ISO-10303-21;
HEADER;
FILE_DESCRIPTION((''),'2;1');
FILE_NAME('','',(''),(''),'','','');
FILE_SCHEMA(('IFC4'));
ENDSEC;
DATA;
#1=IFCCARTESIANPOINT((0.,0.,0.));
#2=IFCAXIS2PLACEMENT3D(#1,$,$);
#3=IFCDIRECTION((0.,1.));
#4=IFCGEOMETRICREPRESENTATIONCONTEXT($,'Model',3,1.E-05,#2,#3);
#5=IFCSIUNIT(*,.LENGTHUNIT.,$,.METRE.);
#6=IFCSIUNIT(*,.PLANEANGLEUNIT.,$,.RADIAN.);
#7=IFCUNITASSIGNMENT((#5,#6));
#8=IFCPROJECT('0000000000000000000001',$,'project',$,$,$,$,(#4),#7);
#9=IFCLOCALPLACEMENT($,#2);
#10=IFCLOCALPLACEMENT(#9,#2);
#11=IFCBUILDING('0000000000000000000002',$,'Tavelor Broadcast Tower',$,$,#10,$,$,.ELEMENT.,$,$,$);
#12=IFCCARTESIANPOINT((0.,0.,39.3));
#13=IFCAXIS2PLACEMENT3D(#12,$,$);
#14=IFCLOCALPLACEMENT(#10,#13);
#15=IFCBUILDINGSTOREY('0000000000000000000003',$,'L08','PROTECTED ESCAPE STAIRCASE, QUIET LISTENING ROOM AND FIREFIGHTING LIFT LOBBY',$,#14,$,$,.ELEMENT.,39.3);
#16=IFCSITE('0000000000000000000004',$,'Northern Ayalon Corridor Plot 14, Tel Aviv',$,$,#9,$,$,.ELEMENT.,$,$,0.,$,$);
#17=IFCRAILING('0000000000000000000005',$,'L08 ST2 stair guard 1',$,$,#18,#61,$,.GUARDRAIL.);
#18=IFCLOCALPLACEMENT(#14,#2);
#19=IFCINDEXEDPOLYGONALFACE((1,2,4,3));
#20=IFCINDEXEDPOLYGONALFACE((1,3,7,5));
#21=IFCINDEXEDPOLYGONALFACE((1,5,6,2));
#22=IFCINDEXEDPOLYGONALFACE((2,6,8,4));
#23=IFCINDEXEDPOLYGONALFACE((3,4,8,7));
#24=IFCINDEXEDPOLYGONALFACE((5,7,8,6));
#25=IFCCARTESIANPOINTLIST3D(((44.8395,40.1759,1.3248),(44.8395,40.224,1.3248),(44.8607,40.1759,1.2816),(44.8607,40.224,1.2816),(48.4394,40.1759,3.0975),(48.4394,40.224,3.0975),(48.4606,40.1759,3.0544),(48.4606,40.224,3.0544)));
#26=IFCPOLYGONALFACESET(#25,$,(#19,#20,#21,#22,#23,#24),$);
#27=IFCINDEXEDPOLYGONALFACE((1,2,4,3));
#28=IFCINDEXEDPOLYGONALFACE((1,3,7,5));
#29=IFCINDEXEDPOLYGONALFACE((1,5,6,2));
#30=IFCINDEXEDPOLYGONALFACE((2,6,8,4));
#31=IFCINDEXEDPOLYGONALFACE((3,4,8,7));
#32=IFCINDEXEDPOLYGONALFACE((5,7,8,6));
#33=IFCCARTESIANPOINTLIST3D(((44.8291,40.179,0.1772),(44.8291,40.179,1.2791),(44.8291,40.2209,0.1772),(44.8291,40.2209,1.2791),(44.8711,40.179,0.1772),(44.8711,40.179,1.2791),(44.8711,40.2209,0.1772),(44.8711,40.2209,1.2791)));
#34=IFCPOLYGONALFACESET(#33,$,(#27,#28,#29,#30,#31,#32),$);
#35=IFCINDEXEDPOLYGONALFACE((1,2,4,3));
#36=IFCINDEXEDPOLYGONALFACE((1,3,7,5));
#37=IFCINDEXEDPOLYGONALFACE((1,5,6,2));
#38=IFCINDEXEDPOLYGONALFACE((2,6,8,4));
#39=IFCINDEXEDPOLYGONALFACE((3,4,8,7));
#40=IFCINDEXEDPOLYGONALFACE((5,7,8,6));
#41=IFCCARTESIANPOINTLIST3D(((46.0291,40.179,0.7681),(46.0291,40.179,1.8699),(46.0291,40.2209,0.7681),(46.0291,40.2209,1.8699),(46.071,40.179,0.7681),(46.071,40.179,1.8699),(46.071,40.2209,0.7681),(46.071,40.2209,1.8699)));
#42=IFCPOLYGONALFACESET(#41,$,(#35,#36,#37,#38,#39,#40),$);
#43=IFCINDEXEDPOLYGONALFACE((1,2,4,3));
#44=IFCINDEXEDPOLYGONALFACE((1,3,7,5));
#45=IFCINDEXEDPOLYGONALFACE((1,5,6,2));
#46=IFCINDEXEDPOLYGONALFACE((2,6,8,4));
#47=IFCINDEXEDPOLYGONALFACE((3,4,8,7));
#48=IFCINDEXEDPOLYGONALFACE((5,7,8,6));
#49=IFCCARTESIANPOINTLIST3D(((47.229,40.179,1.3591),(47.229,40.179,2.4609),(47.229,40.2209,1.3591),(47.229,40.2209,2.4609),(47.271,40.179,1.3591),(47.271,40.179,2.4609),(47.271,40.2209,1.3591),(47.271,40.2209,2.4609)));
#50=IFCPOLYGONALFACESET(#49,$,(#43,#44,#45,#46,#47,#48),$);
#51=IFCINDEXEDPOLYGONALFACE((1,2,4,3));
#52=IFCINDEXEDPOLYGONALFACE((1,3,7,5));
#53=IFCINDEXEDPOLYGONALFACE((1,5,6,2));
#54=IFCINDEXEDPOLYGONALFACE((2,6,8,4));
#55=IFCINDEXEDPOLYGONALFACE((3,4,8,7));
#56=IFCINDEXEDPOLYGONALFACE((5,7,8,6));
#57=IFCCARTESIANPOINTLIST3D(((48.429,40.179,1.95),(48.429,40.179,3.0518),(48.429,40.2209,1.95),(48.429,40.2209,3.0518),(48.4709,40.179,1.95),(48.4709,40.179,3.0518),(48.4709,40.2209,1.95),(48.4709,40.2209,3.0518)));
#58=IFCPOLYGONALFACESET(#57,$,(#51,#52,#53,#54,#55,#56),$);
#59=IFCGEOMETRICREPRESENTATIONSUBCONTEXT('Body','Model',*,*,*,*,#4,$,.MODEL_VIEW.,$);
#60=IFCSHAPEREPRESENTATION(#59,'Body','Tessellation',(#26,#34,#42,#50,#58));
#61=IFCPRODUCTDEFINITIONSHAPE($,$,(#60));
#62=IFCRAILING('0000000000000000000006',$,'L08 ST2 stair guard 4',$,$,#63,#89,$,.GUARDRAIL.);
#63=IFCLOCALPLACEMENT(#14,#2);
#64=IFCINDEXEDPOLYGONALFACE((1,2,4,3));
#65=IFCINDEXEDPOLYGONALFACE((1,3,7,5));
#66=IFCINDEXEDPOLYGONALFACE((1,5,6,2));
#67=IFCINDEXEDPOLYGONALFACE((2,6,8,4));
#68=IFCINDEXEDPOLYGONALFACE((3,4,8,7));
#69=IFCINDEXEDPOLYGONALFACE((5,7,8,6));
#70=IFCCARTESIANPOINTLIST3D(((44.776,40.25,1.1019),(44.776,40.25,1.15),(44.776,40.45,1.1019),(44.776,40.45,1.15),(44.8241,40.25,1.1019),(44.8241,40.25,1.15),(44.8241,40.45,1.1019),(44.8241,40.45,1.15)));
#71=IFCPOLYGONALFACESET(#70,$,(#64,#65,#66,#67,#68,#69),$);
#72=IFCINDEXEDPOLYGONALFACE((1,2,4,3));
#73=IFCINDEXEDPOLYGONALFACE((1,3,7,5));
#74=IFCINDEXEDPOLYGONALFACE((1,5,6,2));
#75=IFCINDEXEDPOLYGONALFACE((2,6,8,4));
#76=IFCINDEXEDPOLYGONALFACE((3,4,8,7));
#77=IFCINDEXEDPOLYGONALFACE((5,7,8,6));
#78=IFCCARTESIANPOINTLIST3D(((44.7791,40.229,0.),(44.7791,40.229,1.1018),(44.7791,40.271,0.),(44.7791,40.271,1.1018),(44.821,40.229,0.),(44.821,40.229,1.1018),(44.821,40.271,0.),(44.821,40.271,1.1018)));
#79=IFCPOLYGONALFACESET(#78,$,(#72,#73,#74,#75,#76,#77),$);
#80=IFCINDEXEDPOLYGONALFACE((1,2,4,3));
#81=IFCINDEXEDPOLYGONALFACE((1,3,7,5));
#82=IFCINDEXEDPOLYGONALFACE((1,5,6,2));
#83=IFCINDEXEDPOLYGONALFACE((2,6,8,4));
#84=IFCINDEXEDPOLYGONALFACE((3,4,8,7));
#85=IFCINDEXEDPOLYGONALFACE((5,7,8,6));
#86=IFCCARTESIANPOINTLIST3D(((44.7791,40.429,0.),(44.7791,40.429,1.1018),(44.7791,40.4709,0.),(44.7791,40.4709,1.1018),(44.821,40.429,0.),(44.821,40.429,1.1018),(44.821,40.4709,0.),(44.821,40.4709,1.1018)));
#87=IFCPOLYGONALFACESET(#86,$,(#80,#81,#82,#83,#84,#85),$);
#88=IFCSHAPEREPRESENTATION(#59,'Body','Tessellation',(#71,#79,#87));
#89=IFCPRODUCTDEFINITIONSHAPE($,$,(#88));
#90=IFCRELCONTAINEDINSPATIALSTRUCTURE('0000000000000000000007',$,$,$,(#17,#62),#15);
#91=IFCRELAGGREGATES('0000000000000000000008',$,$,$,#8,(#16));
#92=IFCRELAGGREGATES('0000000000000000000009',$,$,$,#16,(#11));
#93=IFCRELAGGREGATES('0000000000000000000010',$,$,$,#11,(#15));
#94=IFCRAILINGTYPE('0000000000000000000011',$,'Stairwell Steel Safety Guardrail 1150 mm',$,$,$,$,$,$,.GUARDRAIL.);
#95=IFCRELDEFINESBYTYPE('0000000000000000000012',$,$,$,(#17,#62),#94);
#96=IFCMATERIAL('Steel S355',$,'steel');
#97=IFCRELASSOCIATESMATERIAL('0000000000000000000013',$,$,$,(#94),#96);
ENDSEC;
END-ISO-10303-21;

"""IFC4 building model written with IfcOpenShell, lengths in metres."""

from ifc_helpers import new_model, si_unit, direction, frame, origin, origin_2d, place, context, subcontext, project, spatial, rectangle, extrude, material, type_object, element, save


model = new_model("IFC4")

# Units and contexts
model_context = context("Model", 3, precision=1e-05, world=origin(), true_north=direction((0.0, 1.0)))
body_context = subcontext(model_context, "Body", "Model", "MODEL_VIEW")
ifc_project = project(units=[si_unit("LENGTHUNIT", "METRE"), si_unit("PLANEANGLEUNIT", "RADIAN")], contexts=[model_context])

# Site, building, storey
site_placement = place(None, origin())
site = spatial("IfcSite", under=ifc_project, at=site_placement, Name="Northern Ayalon Corridor Plot 14, Tel Aviv", CompositionType="ELEMENT", RefElevation=0.0)
building_placement = place(site_placement, origin())
building = spatial("IfcBuilding", under=site, at=building_placement, Name="Tavelor Broadcast Tower", CompositionType="ELEMENT")
storey_placement = place(building_placement, frame((0.0, 0.0, 39.3)))
storey = spatial("IfcBuildingStorey", under=building, at=storey_placement, Name="L08", Description="PROTECTED ESCAPE STAIRCASE, QUIET LISTENING ROOM AND FIREFIGHTING LIFT LOBBY", CompositionType="ELEMENT", Elevation=39.3)

# Shared definitions
ifc_material_1 = material(Name="Steel S355", Category="steel")

# Railings
railing_type_1 = type_object("IfcRailingType", Name="Stairwell Steel Safety Guardrail 1150 mm", PredefinedType="GUARDRAIL", material=ifc_material_1)
railing_1_placement = place(storey_placement, frame((44.8501, 40.2, 0.1772)))
element("IfcRailing", 1, at=railing_1_placement, inside=storey, type_object=railing_type_1, Name="L08 ST2 stair guard 1", PredefinedType="GUARDRAIL", context=body_context, shape_type="SweptSolid", body=[
    extrude(rectangle(XDim=0.0481, YDim=0.0481, at=origin_2d()), frame((0.0, 0.0, 1.126), z_axis=(0.897124, 0.0, 0.441778), x_axis=(0.0, 1.0, 0.0)), (0.0, 0.0, 1.0), 4.0127),
    extrude(rectangle(XDim=0.042, YDim=0.042, at=origin_2d()), origin(), (0.0, 0.0, 1.0), 1.1018),
    extrude(rectangle(XDim=0.042, YDim=0.042, at=origin_2d()), frame((1.2, 0.0, 0.5908)), (0.0, 0.0, 1.0), 1.1018),
    extrude(rectangle(XDim=0.042, YDim=0.042, at=origin_2d()), frame((2.3999, 0.0, 1.1819)), (0.0, 0.0, 1.0), 1.1018),
    extrude(rectangle(XDim=0.042, YDim=0.042, at=origin_2d()), frame((3.5999, 0.0, 1.7727)), (0.0, 0.0, 1.0), 1.1018),
])
railing_2_placement = place(storey_placement, frame((44.8, 40.25, 0.0)))
element("IfcRailing", 2, at=railing_2_placement, inside=storey, type_object=railing_type_1, Name="L08 ST2 stair guard 4", PredefinedType="GUARDRAIL", context=body_context, shape_type="SweptSolid", body=[
    extrude(rectangle(XDim=0.0481, YDim=0.0481, at=origin_2d()), frame((0.0, 0.0, 1.126), z_axis=(0.0, 1.0, 0.0), x_axis=(-1.0, 0.0, 0.0)), (0.0, 0.0, 1.0), 0.2),
    extrude(rectangle(XDim=0.042, YDim=0.042, at=origin_2d()), origin(), (0.0, 0.0, 1.0), 1.1018),
    extrude(rectangle(XDim=0.042, YDim=0.042, at=origin_2d()), frame((0.0, 0.2, 0.0)), (0.0, 0.0, 1.0), 1.1018),
])

save(model, "model.ifc")
